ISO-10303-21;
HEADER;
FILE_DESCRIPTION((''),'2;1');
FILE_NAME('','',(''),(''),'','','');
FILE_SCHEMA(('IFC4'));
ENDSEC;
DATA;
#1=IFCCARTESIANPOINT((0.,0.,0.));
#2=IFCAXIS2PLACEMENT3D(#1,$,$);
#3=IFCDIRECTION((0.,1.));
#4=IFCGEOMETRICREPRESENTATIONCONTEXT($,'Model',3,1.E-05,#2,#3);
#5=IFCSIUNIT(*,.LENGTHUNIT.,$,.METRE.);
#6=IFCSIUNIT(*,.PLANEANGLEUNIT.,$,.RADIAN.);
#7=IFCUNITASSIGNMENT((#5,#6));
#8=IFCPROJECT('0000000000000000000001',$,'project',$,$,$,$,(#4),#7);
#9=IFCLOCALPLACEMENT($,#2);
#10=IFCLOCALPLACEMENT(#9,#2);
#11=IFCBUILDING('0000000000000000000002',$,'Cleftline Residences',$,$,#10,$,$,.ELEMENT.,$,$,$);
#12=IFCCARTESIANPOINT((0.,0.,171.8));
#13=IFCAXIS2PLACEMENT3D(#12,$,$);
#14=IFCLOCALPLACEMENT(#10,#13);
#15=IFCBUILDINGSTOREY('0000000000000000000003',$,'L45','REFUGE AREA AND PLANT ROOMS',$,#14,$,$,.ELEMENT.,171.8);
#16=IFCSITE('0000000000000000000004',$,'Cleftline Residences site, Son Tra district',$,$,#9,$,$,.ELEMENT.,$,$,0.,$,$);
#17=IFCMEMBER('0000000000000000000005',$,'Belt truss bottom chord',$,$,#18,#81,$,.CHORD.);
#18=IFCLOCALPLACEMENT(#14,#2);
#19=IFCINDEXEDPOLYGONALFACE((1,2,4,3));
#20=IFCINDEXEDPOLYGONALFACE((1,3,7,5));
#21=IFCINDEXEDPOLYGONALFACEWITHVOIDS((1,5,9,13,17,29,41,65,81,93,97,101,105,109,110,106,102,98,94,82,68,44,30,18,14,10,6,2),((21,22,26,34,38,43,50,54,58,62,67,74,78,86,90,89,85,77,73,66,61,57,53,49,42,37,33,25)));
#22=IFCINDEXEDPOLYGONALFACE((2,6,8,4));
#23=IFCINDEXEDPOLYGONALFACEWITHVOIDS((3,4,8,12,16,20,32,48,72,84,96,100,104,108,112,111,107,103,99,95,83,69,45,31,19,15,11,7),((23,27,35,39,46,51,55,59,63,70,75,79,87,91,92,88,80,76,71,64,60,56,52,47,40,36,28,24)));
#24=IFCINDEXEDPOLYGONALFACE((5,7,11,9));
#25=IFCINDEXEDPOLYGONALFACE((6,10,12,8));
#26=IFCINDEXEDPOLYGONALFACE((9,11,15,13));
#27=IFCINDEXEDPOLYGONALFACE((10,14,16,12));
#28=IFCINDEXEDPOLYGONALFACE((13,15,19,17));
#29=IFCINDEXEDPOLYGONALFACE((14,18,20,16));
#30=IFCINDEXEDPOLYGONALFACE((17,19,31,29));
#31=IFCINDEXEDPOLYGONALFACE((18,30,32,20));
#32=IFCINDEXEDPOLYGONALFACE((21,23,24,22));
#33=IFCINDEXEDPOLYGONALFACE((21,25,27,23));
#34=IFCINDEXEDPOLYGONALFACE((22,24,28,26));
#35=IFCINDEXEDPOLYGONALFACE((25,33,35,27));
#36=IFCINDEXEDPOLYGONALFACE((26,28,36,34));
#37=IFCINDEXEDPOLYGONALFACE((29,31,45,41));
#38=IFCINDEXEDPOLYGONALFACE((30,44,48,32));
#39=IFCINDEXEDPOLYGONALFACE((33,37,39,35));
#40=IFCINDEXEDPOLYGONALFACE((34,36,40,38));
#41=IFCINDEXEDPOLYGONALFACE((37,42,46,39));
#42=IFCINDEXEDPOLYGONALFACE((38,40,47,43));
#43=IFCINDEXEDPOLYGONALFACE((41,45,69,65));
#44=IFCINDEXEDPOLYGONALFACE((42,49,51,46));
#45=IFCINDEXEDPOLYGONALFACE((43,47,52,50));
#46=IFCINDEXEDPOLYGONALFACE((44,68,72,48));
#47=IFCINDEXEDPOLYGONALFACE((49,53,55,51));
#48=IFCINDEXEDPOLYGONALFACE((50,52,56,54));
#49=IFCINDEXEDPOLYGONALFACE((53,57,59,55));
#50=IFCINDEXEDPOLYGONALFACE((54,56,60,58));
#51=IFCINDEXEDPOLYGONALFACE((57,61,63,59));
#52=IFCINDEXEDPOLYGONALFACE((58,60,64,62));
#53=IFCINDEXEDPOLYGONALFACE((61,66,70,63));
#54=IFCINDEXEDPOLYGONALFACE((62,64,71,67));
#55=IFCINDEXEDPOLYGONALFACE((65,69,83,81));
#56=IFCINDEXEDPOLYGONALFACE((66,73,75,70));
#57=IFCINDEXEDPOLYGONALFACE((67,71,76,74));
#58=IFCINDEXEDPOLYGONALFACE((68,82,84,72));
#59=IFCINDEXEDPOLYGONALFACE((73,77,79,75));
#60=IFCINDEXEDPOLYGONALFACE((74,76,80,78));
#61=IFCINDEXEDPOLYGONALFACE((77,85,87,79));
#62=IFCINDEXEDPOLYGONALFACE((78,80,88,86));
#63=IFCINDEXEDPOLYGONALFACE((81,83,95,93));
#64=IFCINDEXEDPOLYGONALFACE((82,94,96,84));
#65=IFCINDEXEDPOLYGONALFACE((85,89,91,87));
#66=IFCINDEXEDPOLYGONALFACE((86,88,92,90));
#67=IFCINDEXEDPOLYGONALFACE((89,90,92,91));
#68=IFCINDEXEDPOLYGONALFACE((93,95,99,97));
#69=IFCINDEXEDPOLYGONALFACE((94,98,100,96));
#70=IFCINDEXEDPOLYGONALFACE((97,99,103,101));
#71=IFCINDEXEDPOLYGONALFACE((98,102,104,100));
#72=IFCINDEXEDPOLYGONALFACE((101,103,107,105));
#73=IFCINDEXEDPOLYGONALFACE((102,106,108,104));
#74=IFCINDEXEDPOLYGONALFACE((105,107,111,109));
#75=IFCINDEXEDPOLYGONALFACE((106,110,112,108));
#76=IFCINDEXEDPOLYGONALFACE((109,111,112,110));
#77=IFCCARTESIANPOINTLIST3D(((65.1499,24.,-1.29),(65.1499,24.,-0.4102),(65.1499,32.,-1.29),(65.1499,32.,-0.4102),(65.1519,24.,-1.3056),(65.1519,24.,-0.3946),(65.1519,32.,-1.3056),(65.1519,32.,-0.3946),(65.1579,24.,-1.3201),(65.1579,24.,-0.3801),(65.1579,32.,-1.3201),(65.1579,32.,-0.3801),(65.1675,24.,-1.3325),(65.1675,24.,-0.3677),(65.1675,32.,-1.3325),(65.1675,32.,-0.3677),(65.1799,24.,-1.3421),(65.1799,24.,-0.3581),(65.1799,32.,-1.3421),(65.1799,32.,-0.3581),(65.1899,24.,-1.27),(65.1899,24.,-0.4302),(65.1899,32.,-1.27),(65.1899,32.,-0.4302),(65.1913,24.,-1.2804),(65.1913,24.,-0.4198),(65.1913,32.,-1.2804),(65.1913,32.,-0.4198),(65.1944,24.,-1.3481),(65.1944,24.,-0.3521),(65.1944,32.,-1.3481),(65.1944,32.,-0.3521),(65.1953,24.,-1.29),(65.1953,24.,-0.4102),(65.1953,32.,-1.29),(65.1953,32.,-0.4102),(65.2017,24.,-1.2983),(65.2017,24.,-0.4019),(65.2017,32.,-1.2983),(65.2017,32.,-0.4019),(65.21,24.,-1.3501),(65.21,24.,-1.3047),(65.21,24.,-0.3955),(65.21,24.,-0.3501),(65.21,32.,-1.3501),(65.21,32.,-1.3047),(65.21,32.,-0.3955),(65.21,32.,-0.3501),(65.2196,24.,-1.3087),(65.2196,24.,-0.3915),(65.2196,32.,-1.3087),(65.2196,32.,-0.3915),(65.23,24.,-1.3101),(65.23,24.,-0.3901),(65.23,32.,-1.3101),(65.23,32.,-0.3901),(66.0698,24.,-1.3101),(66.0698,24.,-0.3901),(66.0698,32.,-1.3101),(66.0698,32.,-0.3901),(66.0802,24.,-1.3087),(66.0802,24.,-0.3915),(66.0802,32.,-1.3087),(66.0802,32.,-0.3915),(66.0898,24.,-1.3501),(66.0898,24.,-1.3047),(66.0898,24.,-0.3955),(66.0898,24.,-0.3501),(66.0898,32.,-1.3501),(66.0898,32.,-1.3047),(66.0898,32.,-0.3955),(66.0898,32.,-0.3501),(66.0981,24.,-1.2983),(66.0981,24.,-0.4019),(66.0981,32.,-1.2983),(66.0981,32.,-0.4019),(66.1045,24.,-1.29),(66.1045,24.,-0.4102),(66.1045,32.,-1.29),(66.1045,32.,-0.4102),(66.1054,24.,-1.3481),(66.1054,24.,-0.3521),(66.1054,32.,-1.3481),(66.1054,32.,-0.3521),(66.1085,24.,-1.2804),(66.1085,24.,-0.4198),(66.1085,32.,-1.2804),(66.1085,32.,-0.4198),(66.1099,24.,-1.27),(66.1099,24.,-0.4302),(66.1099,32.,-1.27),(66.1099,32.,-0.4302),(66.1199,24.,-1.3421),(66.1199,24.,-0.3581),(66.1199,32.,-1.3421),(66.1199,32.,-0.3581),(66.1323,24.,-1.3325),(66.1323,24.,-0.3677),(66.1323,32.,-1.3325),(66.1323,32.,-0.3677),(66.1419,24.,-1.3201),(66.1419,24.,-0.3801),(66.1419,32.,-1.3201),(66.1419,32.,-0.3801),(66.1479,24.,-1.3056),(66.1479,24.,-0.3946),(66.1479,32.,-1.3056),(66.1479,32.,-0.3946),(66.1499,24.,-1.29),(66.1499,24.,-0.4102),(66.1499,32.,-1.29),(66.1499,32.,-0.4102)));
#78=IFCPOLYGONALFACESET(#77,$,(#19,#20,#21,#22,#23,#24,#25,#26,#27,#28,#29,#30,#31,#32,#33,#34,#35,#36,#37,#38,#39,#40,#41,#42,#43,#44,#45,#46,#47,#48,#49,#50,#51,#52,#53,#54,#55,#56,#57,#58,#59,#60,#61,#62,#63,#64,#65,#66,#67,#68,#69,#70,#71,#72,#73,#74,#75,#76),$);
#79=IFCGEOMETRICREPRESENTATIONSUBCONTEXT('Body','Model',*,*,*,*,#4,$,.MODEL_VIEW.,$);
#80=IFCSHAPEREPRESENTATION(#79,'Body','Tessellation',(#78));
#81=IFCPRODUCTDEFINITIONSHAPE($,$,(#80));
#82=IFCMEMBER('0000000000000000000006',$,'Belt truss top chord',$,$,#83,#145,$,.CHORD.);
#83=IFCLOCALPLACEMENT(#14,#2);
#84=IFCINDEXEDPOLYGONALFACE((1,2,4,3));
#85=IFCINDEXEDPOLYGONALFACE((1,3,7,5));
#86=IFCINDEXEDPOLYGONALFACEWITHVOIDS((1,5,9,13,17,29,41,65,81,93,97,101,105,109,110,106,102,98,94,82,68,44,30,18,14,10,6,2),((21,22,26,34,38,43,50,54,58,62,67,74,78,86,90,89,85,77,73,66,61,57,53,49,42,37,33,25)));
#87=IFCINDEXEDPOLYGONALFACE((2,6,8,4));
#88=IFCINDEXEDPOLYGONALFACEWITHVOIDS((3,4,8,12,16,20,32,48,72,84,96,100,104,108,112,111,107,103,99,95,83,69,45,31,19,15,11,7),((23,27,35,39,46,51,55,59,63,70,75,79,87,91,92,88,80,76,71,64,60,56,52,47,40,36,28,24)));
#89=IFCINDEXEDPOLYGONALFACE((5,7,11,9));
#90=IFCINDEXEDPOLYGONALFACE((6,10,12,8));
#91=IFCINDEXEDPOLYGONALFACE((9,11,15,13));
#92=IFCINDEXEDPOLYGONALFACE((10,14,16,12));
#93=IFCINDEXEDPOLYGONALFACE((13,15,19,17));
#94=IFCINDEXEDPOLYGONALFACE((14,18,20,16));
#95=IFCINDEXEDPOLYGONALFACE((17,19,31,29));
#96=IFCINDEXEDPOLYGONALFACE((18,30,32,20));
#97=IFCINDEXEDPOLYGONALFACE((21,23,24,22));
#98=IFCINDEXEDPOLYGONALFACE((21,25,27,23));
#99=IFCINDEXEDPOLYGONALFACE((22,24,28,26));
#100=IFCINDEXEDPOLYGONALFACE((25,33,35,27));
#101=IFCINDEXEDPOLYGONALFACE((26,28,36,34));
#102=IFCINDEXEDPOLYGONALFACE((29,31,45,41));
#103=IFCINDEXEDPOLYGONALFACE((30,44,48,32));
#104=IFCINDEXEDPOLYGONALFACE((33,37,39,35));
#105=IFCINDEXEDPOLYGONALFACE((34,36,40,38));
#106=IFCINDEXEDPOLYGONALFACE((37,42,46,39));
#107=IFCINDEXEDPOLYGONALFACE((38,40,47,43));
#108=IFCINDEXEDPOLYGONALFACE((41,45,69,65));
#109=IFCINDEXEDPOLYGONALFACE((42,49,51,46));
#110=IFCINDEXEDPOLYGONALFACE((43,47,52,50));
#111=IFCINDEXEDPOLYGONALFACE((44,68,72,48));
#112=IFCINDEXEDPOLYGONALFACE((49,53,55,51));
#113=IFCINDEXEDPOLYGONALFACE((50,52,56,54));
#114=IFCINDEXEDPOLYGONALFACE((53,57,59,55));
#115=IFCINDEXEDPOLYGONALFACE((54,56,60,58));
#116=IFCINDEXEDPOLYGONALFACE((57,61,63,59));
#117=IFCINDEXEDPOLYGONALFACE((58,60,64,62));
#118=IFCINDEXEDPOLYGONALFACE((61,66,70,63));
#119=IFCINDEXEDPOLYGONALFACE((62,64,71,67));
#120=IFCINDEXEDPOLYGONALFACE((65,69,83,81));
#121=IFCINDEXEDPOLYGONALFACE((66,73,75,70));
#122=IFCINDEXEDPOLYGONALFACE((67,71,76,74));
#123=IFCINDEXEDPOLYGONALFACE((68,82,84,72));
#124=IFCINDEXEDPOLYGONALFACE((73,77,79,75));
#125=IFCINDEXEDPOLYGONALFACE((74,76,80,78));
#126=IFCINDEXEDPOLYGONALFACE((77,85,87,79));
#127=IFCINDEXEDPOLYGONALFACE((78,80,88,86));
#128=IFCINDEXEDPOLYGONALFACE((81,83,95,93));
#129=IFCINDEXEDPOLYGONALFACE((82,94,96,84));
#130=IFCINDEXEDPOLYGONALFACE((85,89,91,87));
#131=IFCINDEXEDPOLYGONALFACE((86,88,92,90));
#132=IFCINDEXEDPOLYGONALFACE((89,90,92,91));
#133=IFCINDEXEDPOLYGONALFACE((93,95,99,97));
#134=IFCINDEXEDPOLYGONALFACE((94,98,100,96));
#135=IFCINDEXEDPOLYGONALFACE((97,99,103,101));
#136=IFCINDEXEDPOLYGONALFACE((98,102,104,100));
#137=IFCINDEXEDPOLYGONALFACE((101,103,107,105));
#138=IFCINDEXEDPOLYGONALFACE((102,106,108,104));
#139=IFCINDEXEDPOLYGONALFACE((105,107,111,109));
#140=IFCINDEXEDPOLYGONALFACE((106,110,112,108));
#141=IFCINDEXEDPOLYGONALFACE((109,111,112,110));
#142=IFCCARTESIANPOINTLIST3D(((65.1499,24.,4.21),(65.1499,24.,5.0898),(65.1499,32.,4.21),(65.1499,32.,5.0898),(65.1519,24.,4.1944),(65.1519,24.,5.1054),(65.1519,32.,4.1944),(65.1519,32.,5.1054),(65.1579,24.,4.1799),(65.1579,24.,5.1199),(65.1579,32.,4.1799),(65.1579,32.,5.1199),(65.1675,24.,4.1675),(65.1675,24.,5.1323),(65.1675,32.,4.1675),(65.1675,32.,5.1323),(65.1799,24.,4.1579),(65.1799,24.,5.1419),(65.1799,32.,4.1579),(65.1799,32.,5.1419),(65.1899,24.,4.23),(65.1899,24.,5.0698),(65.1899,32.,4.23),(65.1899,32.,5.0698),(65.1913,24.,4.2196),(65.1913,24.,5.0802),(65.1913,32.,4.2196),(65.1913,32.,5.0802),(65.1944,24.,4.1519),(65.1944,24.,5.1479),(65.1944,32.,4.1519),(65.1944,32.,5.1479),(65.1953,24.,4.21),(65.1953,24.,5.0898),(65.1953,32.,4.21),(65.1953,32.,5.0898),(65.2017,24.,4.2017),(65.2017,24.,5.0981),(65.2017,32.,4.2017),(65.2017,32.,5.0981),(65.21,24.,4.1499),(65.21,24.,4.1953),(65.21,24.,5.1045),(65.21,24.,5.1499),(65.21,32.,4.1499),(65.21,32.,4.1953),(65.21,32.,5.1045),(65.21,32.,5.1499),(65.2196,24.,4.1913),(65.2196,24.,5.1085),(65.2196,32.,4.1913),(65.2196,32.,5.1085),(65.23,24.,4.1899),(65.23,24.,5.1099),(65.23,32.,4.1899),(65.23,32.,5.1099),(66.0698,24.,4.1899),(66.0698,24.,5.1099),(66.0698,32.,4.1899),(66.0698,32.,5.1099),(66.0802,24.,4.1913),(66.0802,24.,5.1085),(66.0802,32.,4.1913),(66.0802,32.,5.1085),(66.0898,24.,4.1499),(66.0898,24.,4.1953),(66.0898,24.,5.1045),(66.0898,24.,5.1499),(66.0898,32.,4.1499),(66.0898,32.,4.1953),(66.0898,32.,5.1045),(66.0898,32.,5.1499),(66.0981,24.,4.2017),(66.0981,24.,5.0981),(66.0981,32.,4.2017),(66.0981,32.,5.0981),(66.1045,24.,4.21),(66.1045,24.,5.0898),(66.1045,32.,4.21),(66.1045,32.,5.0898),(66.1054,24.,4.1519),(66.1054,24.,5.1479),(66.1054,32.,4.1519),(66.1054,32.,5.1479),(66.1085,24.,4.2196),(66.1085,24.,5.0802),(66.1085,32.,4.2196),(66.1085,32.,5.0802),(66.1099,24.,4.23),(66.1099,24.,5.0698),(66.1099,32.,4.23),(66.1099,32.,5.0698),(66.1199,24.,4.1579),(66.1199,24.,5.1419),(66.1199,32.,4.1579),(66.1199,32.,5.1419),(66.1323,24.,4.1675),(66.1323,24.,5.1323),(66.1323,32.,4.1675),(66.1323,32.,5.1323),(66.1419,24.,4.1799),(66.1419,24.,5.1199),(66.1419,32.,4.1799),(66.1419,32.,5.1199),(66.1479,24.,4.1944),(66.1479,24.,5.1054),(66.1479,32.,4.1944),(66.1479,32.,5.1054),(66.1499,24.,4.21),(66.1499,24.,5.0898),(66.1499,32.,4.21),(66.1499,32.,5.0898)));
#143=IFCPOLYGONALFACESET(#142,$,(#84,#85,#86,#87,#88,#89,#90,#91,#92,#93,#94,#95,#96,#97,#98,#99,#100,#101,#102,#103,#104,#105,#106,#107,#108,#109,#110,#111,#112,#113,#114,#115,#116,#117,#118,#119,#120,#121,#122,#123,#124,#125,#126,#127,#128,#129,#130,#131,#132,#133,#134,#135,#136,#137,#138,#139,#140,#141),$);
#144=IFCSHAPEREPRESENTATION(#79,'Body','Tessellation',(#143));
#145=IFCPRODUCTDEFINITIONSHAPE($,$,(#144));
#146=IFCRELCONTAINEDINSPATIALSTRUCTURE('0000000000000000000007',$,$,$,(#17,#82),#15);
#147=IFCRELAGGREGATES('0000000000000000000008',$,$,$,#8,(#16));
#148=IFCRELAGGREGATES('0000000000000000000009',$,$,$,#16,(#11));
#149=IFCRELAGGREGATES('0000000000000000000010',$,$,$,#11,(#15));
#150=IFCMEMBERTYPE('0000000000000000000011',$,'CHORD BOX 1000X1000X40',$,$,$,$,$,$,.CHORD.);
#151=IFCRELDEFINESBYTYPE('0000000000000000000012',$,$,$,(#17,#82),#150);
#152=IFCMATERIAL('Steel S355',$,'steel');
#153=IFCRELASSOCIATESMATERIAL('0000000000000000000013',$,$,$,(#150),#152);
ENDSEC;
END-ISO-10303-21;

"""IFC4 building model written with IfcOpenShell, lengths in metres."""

from ifc_helpers import new_model, si_unit, direction, frame, origin, origin_2d, place, context, subcontext, project, spatial, hollow_rectangle, extrude, material, material_profile, profile_set, type_object, element, save


model = new_model("IFC4")

# Units and contexts
model_context = context("Model", 3, precision=1e-05, world=origin(), true_north=direction((0.0, 1.0)))
body_context = subcontext(model_context, "Body", "Model", "MODEL_VIEW")
ifc_project = project(units=[si_unit("LENGTHUNIT", "METRE"), si_unit("PLANEANGLEUNIT", "RADIAN")], contexts=[model_context])

# Site, building, storey
site_placement = place(None, origin())
site = spatial("IfcSite", under=ifc_project, at=site_placement, Name="Cleftline Residences site, Son Tra district", CompositionType="ELEMENT", RefElevation=0.0)
building_placement = place(site_placement, origin())
building = spatial("IfcBuilding", under=site, at=building_placement, Name="Cleftline Residences", CompositionType="ELEMENT")
storey_placement = place(building_placement, frame((0.0, 0.0, 171.8)))
storey = spatial("IfcBuildingStorey", under=building, at=storey_placement, Name="L45", Description="REFUGE AREA AND PLANT ROOMS", CompositionType="ELEMENT", Elevation=171.8)

# Members
ifc_material_1 = material(Name="Steel S355", Category="steel")
ifc_material_profile_1 = material_profile(ifc_material_1, hollow_rectangle(XDim=1.0, YDim=1.0, WallThickness=0.04, InnerFilletRadius=0.04, OuterFilletRadius=0.0601, at=origin_2d()))
ifc_profile_set_1 = profile_set([ifc_material_profile_1], Name="Steel S355")
member_type_1 = type_object("IfcMemberType", Name="CHORD BOX 1000X1000X40", PredefinedType="CHORD", material=ifc_profile_set_1)
for number, where, z_axis, x_axis, name in (
    (1, (65.6499, 24.0, -0.8501), (0.0, 1.0, 0.0), (-1.0, 0.0, 0.0), "Belt truss bottom chord"),
    (2, (65.6499, 24.0, 4.6499), (0.0, 1.0, 0.0), (-1.0, 0.0, 0.0), "Belt truss top chord"),
):
    element("IfcMember", number, at=place(storey_placement, frame(where, z_axis=z_axis, x_axis=x_axis)), inside=storey, type_object=member_type_1, Name=name, PredefinedType="CHORD", context=body_context, shape_type="SweptSolid", body=[
        extrude(hollow_rectangle(XDim=1.0, YDim=1.0, WallThickness=0.04, InnerFilletRadius=0.04, OuterFilletRadius=0.0601, at=origin_2d()), origin(), (0.0, 0.0, 1.0), 8.0),
    ])

save(model, "model.ifc")
